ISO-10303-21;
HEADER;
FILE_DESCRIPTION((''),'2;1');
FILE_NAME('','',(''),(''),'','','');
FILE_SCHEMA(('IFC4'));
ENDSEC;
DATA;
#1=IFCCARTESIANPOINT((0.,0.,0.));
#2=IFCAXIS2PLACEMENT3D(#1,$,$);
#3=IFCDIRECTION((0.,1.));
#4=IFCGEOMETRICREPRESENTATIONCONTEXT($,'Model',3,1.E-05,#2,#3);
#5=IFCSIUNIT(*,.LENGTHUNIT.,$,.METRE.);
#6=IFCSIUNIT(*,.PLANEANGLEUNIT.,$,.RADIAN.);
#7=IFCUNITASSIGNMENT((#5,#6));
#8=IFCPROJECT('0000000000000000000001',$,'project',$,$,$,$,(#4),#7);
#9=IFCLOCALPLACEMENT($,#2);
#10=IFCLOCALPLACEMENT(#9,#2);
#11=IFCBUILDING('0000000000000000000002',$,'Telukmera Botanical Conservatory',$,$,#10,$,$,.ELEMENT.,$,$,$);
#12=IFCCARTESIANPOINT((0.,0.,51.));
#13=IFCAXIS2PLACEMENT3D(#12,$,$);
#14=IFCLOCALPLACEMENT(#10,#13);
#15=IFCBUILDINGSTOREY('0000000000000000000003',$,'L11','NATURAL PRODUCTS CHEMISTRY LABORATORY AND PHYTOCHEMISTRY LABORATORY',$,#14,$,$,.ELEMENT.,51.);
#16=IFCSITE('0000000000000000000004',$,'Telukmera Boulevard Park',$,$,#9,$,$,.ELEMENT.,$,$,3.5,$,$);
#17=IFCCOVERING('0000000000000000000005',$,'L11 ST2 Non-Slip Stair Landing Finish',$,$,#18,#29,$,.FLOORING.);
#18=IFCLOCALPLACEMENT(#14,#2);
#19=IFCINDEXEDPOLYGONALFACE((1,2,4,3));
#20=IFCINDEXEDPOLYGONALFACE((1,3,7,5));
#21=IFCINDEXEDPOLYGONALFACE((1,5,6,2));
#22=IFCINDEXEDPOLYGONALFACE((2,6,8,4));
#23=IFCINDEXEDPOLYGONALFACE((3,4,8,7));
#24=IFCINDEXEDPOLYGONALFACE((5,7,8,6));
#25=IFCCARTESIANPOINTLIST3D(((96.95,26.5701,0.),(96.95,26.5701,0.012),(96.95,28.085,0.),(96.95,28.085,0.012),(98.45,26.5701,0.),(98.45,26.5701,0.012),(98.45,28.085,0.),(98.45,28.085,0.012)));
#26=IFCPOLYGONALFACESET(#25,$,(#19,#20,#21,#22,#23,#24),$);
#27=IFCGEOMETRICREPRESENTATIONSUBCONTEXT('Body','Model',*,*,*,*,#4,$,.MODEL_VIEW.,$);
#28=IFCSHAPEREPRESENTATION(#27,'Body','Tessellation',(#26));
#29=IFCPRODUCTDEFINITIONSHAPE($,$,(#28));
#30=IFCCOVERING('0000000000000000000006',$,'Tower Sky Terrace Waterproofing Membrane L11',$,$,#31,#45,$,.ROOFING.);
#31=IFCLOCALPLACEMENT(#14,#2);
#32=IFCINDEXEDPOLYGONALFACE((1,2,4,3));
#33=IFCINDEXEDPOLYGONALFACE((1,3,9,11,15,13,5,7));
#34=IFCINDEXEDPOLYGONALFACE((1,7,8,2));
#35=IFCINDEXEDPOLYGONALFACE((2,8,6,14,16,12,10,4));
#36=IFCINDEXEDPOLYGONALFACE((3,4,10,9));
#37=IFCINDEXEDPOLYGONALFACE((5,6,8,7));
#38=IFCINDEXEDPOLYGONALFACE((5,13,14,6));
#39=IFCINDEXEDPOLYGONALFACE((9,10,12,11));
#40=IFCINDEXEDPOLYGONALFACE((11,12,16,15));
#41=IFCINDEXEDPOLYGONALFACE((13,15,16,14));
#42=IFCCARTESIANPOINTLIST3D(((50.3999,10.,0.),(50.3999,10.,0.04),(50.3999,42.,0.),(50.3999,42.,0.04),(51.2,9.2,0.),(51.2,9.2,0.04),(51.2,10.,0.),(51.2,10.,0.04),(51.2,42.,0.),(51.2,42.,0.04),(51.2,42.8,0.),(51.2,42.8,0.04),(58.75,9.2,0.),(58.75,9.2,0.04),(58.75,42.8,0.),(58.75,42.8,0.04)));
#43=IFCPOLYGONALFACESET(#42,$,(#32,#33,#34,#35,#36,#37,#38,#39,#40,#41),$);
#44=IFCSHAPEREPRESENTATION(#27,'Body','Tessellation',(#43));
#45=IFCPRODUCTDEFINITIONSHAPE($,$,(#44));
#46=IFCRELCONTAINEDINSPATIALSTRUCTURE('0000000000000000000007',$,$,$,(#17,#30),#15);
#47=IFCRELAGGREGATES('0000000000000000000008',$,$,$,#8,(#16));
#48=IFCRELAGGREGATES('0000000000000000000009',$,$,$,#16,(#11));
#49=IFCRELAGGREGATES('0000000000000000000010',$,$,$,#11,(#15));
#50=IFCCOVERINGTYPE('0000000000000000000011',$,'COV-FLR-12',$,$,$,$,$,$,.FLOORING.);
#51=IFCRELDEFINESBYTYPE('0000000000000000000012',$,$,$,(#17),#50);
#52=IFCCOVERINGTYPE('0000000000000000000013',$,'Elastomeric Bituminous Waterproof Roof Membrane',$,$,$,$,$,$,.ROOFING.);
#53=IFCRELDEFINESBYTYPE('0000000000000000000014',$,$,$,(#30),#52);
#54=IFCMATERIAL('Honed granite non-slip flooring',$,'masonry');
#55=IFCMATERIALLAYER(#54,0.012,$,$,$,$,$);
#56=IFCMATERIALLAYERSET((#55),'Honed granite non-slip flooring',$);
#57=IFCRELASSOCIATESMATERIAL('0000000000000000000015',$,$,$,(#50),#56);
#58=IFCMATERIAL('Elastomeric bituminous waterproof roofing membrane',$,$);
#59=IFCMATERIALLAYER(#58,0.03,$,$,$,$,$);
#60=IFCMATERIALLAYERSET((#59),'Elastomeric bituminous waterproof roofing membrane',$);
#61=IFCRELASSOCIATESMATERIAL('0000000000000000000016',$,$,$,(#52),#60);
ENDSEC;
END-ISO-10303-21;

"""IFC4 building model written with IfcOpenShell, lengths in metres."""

from ifc_helpers import new_model, si_unit, direction, frame, origin, place, context, subcontext, project, spatial, polyline, outline, extrude, material, layer, layer_set, type_object, element, save


model = new_model("IFC4")

# Units and contexts
model_context = context("Model", 3, precision=1e-05, world=origin(), true_north=direction((0.0, 1.0)))
body_context = subcontext(model_context, "Body", "Model", "MODEL_VIEW")
ifc_project = project(units=[si_unit("LENGTHUNIT", "METRE"), si_unit("PLANEANGLEUNIT", "RADIAN")], contexts=[model_context])

# Site, building, storey
site_placement = place(None, origin())
site = spatial("IfcSite", under=ifc_project, at=site_placement, Name="Telukmera Boulevard Park", CompositionType="ELEMENT", RefElevation=3.5)
building_placement = place(site_placement, origin())
building = spatial("IfcBuilding", under=site, at=building_placement, Name="Telukmera Botanical Conservatory", CompositionType="ELEMENT")
storey_placement = place(building_placement, frame((0.0, 0.0, 51.0)))
storey = spatial("IfcBuildingStorey", under=building, at=storey_placement, Name="L11", Description="NATURAL PRODUCTS CHEMISTRY LABORATORY AND PHYTOCHEMISTRY LABORATORY", CompositionType="ELEMENT", Elevation=51.0)

# Coverings
ifc_material_1 = material(Name="Honed granite non-slip flooring", Category="masonry")
ifc_layer_1 = layer(ifc_material_1, 0.012)
ifc_layer_set_1 = layer_set([ifc_layer_1], Name="Honed granite non-slip flooring")
covering_type_1 = type_object("IfcCoveringType", Name="COV-FLR-12", PredefinedType="FLOORING", material=ifc_layer_set_1)
covering_1_placement = place(storey_placement, origin())
element("IfcCovering", 1, at=covering_1_placement, inside=storey, type_object=covering_type_1, Name="L11 ST2 Non-Slip Stair Landing Finish", PredefinedType="FLOORING", context=body_context, shape_type="SweptSolid", body=[
    extrude(outline(polyline([(98.45, 26.5701), (98.45, 28.085), (96.95, 28.085), (96.95, 26.5701), (98.45, 26.5701)])), origin(), (0.0, 0.0, 1.0), 0.012),
])
ifc_material_2 = material(Name="Elastomeric bituminous waterproof roofing membrane")
ifc_layer_2 = layer(ifc_material_2, 0.03)
ifc_layer_set_2 = layer_set([ifc_layer_2], Name="Elastomeric bituminous waterproof roofing membrane")
covering_type_2 = type_object("IfcCoveringType", Name="Elastomeric Bituminous Waterproof Roof Membrane", PredefinedType="ROOFING", material=ifc_layer_set_2)
covering_2_placement = place(storey_placement, origin())
element("IfcCovering", 2, at=covering_2_placement, inside=storey, type_object=covering_type_2, Name="Tower Sky Terrace Waterproofing Membrane L11", PredefinedType="ROOFING", context=body_context, shape_type="SweptSolid", body=[
    extrude(outline(polyline([(51.2, 9.2), (58.75, 9.2), (58.75, 42.8), (51.2, 42.8), (51.2, 42.0), (50.3999, 42.0), (50.3999, 10.0), (51.2, 10.0), (51.2, 9.2)])), origin(), (0.0, 0.0, 1.0), 0.04),
])

save(model, "model.ifc")
